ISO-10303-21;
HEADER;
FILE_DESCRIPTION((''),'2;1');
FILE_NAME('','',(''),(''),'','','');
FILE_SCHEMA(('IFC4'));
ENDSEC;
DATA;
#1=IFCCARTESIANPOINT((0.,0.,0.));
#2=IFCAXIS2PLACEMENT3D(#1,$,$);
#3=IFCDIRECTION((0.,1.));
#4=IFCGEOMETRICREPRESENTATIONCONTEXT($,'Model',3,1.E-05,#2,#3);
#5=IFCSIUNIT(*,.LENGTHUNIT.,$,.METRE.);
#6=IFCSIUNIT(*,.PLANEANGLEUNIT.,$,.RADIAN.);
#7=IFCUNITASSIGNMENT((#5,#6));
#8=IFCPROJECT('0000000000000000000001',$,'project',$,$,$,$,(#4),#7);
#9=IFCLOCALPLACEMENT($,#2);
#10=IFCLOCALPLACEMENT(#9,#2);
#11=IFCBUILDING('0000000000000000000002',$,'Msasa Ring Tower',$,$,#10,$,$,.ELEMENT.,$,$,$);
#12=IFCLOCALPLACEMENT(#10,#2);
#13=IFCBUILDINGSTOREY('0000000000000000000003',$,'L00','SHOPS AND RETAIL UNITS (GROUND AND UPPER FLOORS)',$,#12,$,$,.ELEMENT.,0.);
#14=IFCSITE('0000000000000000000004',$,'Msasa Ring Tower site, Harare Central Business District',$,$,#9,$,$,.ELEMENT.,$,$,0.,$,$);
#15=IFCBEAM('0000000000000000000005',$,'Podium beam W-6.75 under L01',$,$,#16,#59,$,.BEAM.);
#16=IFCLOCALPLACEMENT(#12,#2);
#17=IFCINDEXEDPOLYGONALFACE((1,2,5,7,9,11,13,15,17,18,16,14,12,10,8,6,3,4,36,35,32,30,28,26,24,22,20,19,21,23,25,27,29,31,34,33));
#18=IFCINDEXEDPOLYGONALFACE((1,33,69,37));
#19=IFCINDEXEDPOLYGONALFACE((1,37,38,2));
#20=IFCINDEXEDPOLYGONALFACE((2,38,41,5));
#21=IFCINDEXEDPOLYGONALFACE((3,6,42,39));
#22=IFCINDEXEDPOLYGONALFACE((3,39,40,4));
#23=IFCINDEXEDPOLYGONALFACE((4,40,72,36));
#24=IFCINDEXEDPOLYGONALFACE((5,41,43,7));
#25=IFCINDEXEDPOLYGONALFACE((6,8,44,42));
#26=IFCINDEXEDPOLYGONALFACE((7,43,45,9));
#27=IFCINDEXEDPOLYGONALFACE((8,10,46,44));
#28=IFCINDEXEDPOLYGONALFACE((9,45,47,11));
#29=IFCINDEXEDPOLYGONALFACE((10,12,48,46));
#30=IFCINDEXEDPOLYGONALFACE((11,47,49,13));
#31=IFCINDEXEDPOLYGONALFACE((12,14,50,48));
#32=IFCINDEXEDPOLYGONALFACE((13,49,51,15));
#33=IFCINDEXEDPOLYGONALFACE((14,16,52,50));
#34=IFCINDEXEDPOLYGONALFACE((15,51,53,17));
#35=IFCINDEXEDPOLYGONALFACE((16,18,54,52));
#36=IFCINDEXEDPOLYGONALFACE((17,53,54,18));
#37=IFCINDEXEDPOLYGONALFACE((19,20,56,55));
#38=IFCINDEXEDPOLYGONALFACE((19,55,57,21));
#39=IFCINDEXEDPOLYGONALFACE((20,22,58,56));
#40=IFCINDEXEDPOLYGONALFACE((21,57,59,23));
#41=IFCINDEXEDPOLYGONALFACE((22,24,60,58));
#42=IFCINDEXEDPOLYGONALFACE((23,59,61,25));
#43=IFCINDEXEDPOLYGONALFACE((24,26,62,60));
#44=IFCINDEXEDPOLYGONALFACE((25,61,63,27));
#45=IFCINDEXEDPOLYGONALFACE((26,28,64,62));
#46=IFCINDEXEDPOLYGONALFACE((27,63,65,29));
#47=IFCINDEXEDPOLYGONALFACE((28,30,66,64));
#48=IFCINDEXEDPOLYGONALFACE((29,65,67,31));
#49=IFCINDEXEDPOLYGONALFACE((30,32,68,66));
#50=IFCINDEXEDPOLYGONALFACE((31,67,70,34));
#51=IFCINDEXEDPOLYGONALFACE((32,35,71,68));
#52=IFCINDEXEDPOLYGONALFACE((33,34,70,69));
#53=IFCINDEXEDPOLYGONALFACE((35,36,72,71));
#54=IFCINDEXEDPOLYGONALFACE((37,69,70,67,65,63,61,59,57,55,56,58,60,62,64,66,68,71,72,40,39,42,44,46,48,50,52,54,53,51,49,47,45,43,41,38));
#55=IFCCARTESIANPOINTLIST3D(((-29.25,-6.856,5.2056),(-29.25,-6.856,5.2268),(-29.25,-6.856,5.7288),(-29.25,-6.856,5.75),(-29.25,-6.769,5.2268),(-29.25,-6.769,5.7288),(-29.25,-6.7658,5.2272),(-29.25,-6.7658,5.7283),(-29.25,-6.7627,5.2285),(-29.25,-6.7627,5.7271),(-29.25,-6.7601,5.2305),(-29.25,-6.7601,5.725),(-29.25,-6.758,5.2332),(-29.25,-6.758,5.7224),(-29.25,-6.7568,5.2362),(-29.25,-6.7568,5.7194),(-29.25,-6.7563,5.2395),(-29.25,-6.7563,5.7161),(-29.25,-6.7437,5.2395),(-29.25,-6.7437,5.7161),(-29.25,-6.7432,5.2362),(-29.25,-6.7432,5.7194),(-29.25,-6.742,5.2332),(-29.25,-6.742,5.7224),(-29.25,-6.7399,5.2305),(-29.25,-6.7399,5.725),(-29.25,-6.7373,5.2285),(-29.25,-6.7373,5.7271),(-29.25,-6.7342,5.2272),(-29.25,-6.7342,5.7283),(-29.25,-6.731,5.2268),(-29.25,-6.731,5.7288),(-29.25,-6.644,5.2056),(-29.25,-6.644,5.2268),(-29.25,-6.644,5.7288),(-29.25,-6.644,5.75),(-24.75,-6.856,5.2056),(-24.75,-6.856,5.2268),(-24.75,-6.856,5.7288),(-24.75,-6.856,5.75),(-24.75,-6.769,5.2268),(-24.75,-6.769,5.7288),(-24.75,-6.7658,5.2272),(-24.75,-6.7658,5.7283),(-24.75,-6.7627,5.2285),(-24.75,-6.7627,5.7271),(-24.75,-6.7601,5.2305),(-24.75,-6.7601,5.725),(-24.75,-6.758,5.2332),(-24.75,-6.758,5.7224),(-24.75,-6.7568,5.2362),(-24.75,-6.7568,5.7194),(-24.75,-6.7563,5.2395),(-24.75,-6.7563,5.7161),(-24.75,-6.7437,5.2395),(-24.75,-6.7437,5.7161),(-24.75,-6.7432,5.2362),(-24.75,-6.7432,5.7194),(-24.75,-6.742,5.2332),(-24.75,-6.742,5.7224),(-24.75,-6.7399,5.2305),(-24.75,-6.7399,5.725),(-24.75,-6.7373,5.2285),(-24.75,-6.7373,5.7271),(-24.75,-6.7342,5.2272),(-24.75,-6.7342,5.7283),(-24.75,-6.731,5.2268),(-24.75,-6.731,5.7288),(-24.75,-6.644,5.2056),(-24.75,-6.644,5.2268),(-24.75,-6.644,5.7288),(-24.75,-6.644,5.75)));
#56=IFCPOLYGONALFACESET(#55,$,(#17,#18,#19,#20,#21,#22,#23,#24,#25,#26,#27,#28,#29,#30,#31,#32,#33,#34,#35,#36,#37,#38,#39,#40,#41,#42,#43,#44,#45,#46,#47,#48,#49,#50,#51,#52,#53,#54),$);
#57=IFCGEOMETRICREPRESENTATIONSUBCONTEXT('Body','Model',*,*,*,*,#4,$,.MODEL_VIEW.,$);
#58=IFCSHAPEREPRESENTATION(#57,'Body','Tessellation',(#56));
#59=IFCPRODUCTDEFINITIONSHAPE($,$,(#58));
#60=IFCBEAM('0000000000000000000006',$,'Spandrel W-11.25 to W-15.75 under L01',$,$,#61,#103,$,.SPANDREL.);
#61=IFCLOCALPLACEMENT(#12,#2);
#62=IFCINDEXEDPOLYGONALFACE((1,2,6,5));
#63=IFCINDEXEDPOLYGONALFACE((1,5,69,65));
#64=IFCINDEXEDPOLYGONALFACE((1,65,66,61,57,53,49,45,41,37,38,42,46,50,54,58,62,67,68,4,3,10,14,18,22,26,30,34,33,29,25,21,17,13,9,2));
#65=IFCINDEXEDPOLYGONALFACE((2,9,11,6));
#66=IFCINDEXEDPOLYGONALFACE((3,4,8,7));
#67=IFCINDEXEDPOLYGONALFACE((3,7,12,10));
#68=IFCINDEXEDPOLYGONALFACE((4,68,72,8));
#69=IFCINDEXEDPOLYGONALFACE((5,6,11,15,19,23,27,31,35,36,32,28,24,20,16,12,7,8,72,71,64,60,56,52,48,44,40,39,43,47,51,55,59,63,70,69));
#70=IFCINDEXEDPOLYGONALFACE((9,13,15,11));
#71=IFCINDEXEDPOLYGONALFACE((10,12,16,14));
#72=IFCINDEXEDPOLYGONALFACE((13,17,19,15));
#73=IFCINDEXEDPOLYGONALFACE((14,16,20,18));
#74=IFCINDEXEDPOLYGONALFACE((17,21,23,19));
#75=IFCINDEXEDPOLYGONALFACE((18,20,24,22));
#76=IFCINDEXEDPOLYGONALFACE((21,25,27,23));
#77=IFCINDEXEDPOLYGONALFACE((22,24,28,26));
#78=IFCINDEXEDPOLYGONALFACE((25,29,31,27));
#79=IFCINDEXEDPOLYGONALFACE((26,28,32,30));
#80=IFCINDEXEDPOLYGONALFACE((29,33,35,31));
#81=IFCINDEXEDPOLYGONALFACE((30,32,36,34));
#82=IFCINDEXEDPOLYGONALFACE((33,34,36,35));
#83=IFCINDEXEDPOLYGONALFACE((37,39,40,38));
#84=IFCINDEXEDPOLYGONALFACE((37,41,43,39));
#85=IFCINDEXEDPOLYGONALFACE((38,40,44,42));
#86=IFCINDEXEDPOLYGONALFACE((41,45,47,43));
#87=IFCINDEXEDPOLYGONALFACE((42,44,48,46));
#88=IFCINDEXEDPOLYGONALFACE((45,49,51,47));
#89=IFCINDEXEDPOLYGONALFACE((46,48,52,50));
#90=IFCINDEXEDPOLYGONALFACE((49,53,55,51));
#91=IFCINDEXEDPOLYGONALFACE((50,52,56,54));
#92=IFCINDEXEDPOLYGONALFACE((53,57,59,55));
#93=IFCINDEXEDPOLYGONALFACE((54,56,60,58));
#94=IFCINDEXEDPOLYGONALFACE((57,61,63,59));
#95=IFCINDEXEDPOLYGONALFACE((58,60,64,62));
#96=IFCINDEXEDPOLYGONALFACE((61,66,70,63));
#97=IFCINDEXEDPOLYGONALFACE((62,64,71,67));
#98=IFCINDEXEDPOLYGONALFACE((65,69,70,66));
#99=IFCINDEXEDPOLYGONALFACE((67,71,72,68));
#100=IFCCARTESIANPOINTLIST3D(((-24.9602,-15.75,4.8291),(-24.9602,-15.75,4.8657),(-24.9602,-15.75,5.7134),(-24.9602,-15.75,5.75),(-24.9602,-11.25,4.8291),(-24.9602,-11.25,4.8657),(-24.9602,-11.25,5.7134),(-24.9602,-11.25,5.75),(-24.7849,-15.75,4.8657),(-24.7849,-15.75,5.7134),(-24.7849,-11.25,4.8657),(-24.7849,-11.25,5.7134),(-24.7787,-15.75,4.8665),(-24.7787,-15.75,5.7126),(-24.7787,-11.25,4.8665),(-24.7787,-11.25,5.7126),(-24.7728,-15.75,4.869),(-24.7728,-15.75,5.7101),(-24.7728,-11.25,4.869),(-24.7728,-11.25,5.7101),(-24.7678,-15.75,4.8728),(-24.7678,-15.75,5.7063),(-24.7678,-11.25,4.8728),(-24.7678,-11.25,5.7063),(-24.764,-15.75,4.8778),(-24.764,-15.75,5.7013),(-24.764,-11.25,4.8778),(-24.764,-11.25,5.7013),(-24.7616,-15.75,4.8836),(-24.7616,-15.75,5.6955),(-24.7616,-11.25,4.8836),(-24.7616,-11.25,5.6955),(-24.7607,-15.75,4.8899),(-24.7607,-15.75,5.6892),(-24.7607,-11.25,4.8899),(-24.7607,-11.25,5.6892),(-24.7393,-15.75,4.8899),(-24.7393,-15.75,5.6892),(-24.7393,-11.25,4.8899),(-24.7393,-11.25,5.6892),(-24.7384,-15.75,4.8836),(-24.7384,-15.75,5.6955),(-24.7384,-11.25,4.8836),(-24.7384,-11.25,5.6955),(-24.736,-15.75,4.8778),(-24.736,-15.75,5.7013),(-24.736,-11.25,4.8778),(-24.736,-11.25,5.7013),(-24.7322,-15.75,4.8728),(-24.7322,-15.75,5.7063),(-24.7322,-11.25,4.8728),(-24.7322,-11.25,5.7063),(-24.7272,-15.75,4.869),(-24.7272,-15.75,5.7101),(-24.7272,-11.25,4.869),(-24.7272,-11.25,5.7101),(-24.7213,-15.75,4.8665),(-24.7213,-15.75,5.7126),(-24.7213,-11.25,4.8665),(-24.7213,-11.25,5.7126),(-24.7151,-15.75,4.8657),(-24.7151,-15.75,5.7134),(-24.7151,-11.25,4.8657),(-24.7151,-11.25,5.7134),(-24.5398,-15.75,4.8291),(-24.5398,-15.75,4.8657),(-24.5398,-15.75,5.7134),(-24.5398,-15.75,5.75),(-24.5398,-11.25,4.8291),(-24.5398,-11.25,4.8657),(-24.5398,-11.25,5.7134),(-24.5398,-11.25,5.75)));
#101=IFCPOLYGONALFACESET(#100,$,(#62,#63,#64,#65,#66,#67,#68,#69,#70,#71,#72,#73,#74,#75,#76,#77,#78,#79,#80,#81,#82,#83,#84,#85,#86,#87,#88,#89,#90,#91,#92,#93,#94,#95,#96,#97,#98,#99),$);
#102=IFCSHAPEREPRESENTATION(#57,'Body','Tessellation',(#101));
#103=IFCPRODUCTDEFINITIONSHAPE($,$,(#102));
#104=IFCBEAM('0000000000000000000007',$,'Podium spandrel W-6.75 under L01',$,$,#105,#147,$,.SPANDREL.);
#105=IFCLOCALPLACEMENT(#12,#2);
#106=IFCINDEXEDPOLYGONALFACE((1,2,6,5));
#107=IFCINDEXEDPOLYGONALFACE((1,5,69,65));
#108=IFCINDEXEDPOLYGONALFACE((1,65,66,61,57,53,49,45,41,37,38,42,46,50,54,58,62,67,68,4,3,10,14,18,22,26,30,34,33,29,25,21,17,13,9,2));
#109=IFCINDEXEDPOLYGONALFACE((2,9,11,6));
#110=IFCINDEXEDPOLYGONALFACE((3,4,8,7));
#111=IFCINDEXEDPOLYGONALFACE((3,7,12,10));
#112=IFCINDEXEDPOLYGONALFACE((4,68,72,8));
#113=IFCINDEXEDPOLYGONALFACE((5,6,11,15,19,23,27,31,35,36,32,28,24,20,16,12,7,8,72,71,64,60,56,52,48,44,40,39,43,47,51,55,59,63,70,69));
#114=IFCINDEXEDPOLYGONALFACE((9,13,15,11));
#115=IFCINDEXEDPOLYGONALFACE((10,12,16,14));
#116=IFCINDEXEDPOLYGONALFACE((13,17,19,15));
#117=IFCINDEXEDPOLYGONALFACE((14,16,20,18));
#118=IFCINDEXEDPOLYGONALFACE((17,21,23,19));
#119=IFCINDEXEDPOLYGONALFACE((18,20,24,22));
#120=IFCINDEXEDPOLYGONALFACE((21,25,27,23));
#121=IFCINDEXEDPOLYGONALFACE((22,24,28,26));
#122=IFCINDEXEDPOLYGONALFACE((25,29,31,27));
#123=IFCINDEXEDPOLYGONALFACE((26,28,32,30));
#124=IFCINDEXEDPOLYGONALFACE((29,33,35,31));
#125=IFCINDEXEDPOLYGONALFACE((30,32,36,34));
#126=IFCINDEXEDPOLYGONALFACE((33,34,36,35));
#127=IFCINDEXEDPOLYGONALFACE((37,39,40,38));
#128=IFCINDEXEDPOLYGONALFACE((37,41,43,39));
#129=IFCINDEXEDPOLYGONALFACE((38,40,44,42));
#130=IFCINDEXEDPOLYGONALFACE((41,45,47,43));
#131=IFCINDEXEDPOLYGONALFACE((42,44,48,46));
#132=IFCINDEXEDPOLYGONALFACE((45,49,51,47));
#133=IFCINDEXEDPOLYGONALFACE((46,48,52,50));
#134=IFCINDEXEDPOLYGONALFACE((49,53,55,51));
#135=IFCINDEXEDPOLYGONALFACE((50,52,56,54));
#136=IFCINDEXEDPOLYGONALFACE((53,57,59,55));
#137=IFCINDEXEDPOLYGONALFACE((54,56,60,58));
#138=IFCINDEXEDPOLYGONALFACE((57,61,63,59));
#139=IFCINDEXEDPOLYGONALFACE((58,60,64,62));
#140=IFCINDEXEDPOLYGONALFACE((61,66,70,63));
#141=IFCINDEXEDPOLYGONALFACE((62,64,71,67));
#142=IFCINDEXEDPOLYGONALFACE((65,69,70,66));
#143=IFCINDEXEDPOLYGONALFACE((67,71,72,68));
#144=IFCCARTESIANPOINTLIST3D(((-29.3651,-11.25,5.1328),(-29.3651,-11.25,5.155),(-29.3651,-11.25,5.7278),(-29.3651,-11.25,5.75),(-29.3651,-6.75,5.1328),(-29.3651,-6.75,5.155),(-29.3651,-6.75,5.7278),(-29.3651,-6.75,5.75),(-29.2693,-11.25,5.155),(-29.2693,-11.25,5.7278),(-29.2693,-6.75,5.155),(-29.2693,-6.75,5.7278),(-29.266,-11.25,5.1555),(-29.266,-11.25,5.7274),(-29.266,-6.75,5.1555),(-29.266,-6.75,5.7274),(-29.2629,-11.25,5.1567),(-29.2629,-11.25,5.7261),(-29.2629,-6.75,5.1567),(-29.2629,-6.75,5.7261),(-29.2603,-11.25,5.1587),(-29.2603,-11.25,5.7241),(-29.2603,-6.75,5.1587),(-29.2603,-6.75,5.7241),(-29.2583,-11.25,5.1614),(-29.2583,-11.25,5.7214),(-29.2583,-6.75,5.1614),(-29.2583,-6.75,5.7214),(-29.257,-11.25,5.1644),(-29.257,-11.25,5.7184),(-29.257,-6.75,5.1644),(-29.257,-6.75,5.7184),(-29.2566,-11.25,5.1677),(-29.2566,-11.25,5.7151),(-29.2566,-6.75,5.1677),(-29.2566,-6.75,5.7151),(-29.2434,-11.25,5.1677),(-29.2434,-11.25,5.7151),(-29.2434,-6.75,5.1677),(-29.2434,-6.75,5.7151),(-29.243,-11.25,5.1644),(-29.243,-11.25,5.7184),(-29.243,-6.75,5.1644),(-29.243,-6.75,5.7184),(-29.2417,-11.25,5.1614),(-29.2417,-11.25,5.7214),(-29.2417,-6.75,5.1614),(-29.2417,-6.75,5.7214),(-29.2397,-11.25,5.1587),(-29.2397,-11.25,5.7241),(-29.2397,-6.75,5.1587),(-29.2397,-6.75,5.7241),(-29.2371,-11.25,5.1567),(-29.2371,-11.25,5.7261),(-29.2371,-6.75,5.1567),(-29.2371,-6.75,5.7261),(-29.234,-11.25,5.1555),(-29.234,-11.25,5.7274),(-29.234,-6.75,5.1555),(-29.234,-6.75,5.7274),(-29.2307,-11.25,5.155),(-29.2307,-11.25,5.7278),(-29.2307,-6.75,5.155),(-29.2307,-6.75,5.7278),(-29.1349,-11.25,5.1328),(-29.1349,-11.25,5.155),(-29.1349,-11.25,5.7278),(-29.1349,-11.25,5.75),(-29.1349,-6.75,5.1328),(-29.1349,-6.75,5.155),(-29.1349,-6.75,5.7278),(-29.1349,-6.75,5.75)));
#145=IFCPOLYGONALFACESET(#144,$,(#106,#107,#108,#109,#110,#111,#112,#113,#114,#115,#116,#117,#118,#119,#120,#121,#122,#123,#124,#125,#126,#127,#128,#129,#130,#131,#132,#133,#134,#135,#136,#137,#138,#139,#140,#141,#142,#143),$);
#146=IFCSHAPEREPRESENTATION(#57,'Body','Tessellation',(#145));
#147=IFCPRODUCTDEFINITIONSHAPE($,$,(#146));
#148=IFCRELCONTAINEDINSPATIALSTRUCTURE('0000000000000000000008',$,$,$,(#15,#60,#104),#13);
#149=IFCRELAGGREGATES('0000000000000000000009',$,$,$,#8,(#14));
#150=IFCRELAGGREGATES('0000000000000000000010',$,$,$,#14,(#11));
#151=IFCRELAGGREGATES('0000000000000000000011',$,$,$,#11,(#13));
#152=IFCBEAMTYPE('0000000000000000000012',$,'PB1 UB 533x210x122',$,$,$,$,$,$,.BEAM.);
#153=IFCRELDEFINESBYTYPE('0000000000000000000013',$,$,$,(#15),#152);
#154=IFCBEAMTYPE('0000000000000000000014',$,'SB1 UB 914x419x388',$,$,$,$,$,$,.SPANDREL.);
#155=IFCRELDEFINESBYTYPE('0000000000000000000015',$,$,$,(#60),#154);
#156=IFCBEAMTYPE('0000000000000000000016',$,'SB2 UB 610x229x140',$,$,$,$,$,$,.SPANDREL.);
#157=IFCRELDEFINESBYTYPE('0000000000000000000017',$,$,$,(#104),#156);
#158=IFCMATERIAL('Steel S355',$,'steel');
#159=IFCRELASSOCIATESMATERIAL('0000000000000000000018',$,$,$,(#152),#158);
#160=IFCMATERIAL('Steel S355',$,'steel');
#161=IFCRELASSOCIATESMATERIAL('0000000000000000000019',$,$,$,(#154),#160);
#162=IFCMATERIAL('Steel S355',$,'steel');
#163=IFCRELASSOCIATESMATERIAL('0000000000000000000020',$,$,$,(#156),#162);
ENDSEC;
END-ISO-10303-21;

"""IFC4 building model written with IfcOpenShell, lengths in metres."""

from ifc_helpers import new_model, si_unit, direction, frame, origin, origin_2d, place, context, subcontext, project, spatial, i_section, extrude, material, material_profile, profile_set, type_object, element, save


model = new_model("IFC4")

# Units and contexts
model_context = context("Model", 3, precision=1e-05, world=origin(), true_north=direction((0.0, 1.0)))
body_context = subcontext(model_context, "Body", "Model", "MODEL_VIEW")
ifc_project = project(units=[si_unit("LENGTHUNIT", "METRE"), si_unit("PLANEANGLEUNIT", "RADIAN")], contexts=[model_context])

# Site, building, storey
site_placement = place(None, origin())
site = spatial("IfcSite", under=ifc_project, at=site_placement, Name="Msasa Ring Tower site, Harare Central Business District", CompositionType="ELEMENT", RefElevation=0.0)
building_placement = place(site_placement, origin())
building = spatial("IfcBuilding", under=site, at=building_placement, Name="Msasa Ring Tower", CompositionType="ELEMENT")
storey_placement = place(building_placement, origin())
storey = spatial("IfcBuildingStorey", under=building, at=storey_placement, Name="L00", Description="SHOPS AND RETAIL UNITS (GROUND AND UPPER FLOORS)", CompositionType="ELEMENT", Elevation=0.0)

# Beams
ifc_material_1 = material(Name="Steel S355", Category="steel")
ifc_material_profile_1 = material_profile(ifc_material_1, i_section(OverallWidth=0.2119, OverallDepth=0.5444, WebThickness=0.0127, FlangeThickness=0.0212, FilletRadius=0.0127, at=origin_2d()), Name="UB 533x210x122")
ifc_profile_set_1 = profile_set([ifc_material_profile_1], Name="Steel S355")
beam_type_1 = type_object("IfcBeamType", Name="PB1 UB 533x210x122", PredefinedType="BEAM", material=ifc_profile_set_1)
beam_1_placement = place(storey_placement, frame((-29.25, -6.75, 5.4778), z_axis=(1.0, 0.0, 0.0), x_axis=(0.0, 1.0, 0.0)))
element("IfcBeam", 1, at=beam_1_placement, inside=storey, type_object=beam_type_1, Name="Podium beam W-6.75 under L01", PredefinedType="BEAM", context=body_context, shape_type="SweptSolid", body=[
    extrude(i_section(OverallWidth=0.2119, OverallDepth=0.5444, WebThickness=0.0127, FlangeThickness=0.0212, FilletRadius=0.0127, at=origin_2d()), origin(), (0.0, 0.0, 1.0), 4.5),
])
ifc_material_2 = material(Name="Steel S355", Category="steel")
ifc_material_profile_2 = material_profile(ifc_material_2, i_section(OverallWidth=0.4204, OverallDepth=0.9209, WebThickness=0.0215, FlangeThickness=0.0366, FilletRadius=0.0242, at=origin_2d()), Name="UB 914x419x388")
ifc_profile_set_2 = profile_set([ifc_material_profile_2], Name="Steel S355")
beam_type_2 = type_object("IfcBeamType", Name="SB1 UB 914x419x388", PredefinedType="SPANDREL", material=ifc_profile_set_2)
beam_2_placement = place(storey_placement, frame((-24.75, -11.25, 5.2896), z_axis=(0.0, -1.0, 0.0), x_axis=(1.0, 0.0, 0.0)))
element("IfcBeam", 2, at=beam_2_placement, inside=storey, type_object=beam_type_2, Name="Spandrel W-11.25 to W-15.75 under L01", PredefinedType="SPANDREL", context=body_context, shape_type="SweptSolid", body=[
    extrude(i_section(OverallWidth=0.4204, OverallDepth=0.9209, WebThickness=0.0215, FlangeThickness=0.0366, FilletRadius=0.0242, at=origin_2d()), origin(), (0.0, 0.0, 1.0), 4.5),
])
ifc_material_3 = material(Name="Steel S355", Category="steel")
ifc_material_profile_3 = material_profile(ifc_material_3, i_section(OverallWidth=0.2302, OverallDepth=0.6172, WebThickness=0.0132, FlangeThickness=0.0222, FilletRadius=0.0127, at=origin_2d()), Name="UB 610x229x140")
ifc_profile_set_3 = profile_set([ifc_material_profile_3], Name="Steel S355")
beam_type_3 = type_object("IfcBeamType", Name="SB2 UB 610x229x140", PredefinedType="SPANDREL", material=ifc_profile_set_3)
beam_3_placement = place(storey_placement, frame((-29.25, -6.75, 5.4414), z_axis=(0.0, -1.0, 0.0), x_axis=(1.0, 0.0, 0.0)))
element("IfcBeam", 3, at=beam_3_placement, inside=storey, type_object=beam_type_3, Name="Podium spandrel W-6.75 under L01", PredefinedType="SPANDREL", context=body_context, shape_type="SweptSolid", body=[
    extrude(i_section(OverallWidth=0.2302, OverallDepth=0.6172, WebThickness=0.0132, FlangeThickness=0.0222, FilletRadius=0.0127, at=origin_2d()), origin(), (0.0, 0.0, 1.0), 4.5),
])

save(model, "model.ifc")
